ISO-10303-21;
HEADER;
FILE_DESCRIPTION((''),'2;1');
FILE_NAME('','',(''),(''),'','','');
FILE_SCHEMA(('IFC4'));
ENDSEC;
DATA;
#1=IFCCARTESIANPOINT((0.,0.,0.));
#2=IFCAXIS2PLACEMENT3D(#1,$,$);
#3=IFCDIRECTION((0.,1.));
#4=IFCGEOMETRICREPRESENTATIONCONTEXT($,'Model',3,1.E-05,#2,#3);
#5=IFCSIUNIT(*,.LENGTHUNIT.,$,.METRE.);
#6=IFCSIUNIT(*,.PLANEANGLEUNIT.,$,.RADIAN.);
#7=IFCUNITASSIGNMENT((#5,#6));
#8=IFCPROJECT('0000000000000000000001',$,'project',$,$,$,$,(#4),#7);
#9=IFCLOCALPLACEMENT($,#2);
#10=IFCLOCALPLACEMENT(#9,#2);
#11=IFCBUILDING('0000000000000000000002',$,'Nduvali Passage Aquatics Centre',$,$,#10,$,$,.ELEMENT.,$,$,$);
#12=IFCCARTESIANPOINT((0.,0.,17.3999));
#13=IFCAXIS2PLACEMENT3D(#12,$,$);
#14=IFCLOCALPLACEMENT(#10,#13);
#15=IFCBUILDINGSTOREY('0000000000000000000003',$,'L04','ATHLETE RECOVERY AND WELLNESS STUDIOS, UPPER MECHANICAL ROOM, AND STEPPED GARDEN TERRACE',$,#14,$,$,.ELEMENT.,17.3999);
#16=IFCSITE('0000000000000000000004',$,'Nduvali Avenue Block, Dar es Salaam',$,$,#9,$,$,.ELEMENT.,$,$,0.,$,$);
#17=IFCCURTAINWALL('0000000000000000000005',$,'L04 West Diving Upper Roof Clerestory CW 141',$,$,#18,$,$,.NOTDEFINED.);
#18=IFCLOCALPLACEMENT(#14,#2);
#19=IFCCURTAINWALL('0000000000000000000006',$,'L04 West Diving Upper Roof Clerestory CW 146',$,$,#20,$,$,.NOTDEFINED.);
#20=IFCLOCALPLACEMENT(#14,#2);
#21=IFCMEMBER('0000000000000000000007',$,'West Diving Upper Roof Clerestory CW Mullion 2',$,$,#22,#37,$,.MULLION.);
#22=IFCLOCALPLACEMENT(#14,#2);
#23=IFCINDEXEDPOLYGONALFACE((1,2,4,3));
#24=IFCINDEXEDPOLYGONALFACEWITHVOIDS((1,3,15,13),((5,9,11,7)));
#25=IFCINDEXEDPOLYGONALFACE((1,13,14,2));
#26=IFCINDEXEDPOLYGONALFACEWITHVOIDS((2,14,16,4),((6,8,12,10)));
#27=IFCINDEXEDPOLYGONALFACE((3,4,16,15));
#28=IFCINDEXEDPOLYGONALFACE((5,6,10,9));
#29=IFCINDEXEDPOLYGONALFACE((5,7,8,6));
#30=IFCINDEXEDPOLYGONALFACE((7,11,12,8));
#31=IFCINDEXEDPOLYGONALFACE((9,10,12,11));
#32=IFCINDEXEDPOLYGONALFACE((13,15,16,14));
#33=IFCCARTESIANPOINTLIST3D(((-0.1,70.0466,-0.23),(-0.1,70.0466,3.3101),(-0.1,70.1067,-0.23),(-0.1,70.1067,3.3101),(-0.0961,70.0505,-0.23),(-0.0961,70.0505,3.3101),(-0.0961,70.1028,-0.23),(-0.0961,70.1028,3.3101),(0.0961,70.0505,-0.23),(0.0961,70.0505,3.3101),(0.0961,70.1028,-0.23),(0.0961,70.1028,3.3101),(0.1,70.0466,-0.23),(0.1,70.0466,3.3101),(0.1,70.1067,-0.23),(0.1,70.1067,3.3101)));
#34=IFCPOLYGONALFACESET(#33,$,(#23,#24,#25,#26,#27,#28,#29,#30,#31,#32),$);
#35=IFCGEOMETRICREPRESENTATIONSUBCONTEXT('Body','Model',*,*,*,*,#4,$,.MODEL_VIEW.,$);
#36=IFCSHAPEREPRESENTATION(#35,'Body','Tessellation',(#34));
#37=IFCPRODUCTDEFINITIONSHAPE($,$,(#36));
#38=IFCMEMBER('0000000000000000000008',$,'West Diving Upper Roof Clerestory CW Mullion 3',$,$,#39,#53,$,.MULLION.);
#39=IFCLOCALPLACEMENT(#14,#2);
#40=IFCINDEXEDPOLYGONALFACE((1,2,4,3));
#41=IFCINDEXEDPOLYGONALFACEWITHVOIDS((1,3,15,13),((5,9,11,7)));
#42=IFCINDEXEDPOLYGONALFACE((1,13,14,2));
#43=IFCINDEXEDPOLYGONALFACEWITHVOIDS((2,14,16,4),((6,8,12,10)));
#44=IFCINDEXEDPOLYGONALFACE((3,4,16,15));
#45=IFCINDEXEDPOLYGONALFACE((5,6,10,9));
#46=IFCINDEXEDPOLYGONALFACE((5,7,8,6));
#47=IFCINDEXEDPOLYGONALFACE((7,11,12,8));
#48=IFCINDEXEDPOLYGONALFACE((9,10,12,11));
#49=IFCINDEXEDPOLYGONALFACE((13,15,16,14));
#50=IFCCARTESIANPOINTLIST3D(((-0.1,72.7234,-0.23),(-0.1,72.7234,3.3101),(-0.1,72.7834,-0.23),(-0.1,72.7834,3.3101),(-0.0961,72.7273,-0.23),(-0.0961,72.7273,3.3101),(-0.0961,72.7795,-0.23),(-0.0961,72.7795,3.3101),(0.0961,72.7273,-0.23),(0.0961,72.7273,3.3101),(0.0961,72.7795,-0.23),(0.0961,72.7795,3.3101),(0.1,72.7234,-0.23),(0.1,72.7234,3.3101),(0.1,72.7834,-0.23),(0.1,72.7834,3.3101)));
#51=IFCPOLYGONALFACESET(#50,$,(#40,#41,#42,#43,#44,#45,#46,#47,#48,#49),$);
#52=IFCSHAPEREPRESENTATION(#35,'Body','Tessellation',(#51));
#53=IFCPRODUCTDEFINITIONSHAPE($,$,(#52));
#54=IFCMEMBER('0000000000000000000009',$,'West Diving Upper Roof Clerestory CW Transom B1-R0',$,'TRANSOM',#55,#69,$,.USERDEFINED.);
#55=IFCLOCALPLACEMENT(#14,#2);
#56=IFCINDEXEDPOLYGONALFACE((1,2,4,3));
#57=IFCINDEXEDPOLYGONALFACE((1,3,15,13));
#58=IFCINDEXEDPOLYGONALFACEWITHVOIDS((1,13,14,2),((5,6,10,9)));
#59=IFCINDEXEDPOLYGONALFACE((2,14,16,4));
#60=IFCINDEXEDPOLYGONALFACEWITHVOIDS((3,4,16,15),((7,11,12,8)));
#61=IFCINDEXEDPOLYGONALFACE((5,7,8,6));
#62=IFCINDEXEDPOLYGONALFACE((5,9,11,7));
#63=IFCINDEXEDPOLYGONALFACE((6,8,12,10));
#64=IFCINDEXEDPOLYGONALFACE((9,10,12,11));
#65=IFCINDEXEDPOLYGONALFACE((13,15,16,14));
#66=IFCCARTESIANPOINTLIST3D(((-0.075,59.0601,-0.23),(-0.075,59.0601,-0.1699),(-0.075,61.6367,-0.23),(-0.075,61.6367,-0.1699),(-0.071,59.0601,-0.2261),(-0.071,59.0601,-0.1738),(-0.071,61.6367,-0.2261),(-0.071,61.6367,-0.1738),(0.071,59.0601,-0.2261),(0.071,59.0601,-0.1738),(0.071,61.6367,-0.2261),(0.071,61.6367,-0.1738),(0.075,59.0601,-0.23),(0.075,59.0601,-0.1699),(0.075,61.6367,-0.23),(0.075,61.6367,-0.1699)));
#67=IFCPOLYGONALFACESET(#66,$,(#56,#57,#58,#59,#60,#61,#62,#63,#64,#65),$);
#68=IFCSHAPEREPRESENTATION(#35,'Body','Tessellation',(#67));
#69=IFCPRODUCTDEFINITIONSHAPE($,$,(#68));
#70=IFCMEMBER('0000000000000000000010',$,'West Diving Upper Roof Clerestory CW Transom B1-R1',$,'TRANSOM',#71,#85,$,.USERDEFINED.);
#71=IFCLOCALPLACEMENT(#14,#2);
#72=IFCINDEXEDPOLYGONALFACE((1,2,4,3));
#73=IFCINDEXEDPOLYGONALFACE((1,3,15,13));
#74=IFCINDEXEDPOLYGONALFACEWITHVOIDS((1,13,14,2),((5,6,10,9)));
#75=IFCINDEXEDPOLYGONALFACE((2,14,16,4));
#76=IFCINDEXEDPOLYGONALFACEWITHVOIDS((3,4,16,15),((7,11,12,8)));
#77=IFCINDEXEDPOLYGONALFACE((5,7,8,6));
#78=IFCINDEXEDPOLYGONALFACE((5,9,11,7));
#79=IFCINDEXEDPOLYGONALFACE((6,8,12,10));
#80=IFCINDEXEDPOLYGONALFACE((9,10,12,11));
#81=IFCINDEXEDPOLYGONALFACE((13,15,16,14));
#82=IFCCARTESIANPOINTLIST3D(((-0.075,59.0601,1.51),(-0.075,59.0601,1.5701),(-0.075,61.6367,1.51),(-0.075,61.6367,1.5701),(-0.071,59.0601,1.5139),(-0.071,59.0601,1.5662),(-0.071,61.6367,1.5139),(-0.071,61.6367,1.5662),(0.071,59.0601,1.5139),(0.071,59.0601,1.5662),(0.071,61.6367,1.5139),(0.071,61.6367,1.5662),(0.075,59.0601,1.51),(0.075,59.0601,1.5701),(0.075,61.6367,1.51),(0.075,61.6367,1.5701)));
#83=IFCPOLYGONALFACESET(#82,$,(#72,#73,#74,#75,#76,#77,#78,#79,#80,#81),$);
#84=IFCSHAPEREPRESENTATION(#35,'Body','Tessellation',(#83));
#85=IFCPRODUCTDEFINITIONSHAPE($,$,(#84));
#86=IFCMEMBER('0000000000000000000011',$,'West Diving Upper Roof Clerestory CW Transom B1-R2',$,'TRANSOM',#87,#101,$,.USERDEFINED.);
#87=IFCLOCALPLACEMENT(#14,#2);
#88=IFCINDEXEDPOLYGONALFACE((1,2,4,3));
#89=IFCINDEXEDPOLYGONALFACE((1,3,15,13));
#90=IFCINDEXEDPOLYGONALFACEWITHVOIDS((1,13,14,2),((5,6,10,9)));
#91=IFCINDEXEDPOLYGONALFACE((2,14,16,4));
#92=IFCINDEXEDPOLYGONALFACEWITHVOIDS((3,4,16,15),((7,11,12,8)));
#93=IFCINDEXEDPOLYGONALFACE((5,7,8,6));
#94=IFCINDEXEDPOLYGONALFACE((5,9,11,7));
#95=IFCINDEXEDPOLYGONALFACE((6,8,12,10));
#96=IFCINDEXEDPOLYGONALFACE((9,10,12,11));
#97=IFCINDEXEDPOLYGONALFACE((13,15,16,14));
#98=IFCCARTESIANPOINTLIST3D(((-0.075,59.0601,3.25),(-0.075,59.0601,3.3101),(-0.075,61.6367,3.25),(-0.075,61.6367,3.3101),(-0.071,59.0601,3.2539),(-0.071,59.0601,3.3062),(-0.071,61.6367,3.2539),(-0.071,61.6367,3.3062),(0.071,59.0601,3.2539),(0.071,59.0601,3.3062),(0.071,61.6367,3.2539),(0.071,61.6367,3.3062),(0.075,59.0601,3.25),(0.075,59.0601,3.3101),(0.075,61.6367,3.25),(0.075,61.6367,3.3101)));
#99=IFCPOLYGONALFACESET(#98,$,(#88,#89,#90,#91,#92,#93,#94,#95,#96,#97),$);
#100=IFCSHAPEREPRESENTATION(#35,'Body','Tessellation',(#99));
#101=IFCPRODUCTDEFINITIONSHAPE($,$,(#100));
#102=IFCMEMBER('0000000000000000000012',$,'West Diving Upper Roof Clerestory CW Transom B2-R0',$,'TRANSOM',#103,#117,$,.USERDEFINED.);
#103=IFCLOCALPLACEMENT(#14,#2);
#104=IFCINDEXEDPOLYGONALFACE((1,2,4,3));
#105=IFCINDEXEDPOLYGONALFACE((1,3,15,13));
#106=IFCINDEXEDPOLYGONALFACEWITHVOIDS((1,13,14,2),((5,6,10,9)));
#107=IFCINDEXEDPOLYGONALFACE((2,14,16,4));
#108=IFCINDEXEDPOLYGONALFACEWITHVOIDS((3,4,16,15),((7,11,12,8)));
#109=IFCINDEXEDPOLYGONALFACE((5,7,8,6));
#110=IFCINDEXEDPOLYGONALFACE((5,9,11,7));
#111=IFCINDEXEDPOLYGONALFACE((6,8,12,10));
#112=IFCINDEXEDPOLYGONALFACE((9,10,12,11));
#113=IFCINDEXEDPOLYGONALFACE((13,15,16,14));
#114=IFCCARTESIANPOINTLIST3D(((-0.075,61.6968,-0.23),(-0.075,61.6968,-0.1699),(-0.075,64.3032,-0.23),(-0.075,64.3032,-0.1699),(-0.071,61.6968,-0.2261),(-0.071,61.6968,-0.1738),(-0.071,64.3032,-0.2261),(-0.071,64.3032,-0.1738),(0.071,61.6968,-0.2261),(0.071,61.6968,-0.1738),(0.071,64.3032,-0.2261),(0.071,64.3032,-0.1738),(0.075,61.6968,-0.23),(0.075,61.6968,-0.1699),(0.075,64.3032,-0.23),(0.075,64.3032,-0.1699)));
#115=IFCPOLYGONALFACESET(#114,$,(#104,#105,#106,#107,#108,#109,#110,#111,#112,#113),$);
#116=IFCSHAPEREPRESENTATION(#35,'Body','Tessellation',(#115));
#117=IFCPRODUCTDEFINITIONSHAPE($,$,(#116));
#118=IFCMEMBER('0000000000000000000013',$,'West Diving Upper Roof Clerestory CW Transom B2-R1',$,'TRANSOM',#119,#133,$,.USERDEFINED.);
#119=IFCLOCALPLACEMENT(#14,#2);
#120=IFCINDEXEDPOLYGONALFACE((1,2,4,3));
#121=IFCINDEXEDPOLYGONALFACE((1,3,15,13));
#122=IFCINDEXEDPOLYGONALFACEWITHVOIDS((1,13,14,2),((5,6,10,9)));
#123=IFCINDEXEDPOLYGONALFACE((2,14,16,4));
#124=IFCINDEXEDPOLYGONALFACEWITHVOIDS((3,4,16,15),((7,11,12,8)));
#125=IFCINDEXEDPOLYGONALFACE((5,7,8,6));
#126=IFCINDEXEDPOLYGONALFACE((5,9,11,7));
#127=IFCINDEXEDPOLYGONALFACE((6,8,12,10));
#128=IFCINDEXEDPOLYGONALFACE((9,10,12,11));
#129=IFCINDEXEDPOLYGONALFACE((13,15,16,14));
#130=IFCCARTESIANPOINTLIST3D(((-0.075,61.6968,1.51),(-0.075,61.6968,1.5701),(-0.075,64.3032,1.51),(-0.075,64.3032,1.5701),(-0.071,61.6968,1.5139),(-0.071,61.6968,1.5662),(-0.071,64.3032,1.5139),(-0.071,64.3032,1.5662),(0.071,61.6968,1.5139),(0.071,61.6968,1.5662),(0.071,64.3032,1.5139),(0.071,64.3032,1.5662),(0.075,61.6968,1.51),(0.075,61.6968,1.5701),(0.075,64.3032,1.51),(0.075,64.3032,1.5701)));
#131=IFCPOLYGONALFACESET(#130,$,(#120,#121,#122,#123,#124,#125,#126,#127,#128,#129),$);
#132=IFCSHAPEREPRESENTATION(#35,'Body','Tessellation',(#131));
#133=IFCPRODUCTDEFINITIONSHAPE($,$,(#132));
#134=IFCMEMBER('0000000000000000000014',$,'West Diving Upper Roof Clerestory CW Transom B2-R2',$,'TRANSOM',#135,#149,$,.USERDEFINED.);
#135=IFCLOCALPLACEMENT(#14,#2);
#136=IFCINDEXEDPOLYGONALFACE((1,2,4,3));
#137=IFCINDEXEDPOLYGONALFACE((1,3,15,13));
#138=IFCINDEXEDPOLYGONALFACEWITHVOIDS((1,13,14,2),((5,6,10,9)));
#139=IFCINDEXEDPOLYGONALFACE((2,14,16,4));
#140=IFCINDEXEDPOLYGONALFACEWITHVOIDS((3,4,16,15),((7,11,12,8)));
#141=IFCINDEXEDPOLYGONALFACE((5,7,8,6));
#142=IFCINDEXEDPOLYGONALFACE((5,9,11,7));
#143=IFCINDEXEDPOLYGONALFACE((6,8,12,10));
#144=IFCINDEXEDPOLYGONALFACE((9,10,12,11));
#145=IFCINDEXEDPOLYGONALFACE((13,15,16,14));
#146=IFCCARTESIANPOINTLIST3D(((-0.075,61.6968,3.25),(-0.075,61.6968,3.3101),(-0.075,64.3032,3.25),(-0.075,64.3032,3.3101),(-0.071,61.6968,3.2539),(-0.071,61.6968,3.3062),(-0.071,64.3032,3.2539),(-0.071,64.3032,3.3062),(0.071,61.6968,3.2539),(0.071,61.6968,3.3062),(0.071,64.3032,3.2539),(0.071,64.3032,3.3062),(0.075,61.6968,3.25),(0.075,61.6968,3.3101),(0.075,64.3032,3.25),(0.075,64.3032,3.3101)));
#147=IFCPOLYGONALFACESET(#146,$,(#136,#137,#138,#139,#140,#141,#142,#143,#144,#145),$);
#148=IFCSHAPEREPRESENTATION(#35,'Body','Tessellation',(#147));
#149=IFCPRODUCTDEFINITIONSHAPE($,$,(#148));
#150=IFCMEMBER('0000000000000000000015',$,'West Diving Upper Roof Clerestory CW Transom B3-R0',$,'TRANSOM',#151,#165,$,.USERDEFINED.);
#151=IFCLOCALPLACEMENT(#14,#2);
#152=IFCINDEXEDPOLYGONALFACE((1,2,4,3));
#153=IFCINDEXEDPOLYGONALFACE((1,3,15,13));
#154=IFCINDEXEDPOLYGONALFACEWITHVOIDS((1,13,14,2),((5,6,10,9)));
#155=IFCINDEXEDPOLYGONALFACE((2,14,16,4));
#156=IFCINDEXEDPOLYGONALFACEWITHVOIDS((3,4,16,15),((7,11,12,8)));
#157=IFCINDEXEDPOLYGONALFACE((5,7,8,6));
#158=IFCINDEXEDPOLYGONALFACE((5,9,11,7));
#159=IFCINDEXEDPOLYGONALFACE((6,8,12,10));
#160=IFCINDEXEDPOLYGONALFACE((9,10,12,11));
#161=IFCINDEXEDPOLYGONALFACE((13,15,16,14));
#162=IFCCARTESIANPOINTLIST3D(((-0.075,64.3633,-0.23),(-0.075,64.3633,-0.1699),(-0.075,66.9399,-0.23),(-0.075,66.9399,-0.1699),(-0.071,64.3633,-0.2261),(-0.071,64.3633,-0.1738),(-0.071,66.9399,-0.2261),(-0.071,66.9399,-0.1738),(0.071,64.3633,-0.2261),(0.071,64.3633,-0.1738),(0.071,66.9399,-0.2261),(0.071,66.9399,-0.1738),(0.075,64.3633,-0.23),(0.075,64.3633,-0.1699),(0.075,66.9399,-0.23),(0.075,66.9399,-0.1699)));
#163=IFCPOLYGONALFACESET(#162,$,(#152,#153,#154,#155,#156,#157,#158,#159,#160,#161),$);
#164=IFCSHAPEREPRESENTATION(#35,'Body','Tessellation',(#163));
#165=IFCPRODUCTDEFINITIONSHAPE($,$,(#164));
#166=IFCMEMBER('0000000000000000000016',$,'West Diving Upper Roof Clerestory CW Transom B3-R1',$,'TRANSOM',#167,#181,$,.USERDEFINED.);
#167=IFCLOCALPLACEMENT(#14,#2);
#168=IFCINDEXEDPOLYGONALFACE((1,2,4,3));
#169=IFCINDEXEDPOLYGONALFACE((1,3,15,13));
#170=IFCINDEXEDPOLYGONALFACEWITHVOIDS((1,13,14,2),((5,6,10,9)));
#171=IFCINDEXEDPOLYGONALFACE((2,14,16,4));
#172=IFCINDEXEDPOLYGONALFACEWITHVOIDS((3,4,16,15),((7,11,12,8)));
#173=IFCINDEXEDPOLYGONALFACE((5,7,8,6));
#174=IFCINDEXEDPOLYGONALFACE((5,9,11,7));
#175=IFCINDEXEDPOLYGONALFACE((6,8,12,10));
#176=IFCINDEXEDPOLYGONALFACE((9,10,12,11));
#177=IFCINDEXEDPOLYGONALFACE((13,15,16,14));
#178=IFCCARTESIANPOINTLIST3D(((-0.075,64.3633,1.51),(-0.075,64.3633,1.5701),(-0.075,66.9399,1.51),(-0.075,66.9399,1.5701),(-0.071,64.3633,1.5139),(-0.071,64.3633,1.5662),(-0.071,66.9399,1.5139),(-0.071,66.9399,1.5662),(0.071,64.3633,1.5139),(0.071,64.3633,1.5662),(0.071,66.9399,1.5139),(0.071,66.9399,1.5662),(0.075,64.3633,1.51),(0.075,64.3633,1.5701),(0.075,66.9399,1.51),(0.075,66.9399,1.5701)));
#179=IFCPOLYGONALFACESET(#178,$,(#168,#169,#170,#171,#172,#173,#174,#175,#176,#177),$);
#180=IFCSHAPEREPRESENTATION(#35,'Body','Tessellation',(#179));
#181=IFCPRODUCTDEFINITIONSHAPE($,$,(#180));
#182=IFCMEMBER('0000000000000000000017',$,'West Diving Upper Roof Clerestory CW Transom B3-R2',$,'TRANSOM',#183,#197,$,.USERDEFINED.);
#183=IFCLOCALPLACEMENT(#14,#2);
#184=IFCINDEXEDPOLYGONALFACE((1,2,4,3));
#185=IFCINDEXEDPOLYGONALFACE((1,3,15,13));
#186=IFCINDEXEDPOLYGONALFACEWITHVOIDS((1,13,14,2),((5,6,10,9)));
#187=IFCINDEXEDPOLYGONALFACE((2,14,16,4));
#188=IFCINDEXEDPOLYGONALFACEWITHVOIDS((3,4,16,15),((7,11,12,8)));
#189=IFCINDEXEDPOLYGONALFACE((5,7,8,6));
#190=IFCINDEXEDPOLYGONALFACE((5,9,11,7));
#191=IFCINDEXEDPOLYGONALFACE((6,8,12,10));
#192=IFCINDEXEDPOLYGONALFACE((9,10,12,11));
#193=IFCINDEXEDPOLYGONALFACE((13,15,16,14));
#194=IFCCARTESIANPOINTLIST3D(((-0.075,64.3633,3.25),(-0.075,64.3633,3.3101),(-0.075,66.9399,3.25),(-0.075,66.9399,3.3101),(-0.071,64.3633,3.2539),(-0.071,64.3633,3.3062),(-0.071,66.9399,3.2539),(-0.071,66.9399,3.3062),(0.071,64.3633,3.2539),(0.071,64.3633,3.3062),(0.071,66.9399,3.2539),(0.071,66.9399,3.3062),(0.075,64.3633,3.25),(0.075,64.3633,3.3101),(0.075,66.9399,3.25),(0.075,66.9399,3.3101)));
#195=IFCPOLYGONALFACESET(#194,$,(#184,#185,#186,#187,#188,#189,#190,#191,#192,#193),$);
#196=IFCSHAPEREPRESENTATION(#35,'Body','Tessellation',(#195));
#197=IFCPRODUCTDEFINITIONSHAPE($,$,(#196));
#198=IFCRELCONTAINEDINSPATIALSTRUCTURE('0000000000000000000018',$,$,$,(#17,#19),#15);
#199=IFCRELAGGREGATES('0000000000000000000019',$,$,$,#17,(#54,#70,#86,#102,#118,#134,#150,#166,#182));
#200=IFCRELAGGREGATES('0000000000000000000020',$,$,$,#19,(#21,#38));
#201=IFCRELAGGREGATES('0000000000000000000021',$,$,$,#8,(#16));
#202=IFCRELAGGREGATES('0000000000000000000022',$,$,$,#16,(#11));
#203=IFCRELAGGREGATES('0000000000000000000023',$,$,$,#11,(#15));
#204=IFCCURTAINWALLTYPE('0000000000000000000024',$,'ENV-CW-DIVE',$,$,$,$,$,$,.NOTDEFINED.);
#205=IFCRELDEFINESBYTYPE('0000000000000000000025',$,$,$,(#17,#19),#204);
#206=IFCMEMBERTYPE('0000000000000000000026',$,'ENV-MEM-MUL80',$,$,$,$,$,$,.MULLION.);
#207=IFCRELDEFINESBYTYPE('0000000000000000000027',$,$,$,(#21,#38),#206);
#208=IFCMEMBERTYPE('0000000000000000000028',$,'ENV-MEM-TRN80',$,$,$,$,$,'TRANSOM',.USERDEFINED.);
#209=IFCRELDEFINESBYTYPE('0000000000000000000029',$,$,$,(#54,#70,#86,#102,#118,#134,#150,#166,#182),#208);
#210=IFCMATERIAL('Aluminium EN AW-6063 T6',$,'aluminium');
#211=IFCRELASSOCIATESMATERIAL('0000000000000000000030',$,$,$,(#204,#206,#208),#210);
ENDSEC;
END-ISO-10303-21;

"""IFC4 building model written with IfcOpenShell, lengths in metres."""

from ifc_helpers import new_model, si_unit, direction, frame, origin, origin_2d, place, context, subcontext, project, spatial, hollow_rectangle, extrude, material, material_profile, profile_set, type_object, element, aggregate, save


model = new_model("IFC4")

# Units and contexts
model_context = context("Model", 3, precision=1e-05, world=origin(), true_north=direction((0.0, 1.0)))
body_context = subcontext(model_context, "Body", "Model", "MODEL_VIEW")
ifc_project = project(units=[si_unit("LENGTHUNIT", "METRE"), si_unit("PLANEANGLEUNIT", "RADIAN")], contexts=[model_context])

# Site, building, storey
site_placement = place(None, origin())
site = spatial("IfcSite", under=ifc_project, at=site_placement, Name="Nduvali Avenue Block, Dar es Salaam", CompositionType="ELEMENT", RefElevation=0.0)
building_placement = place(site_placement, origin())
building = spatial("IfcBuilding", under=site, at=building_placement, Name="Nduvali Passage Aquatics Centre", CompositionType="ELEMENT")
storey_placement = place(building_placement, frame((0.0, 0.0, 17.3999)))
storey = spatial("IfcBuildingStorey", under=building, at=storey_placement, Name="L04", Description="ATHLETE RECOVERY AND WELLNESS STUDIOS, UPPER MECHANICAL ROOM, AND STEPPED GARDEN TERRACE", CompositionType="ELEMENT", Elevation=17.3999)

# Curtain walls, members
ifc_material_1 = material(Name="Aluminium EN AW-6063 T6", Category="aluminium")
curtain_wall_type = type_object("IfcCurtainWallType", Name="ENV-CW-DIVE", PredefinedType="NOTDEFINED", material=ifc_material_1)
curtain_wall_1_placement = place(storey_placement, origin())
curtain_wall_1 = element("IfcCurtainWall", 1, at=curtain_wall_1_placement, inside=storey, type_object=curtain_wall_type, Name="L04 West Diving Upper Roof Clerestory CW 141", PredefinedType="NOTDEFINED")
ifc_material_profile_1 = material_profile(ifc_material_1, hollow_rectangle(XDim=0.0601, YDim=0.2, WallThickness=0.0039, at=origin_2d()), Name="ALU MULLION 60x200x4")
ifc_profile_set_1 = profile_set([ifc_material_profile_1], Name="Aluminium EN AW-6063 T6")
member_type_1 = type_object("IfcMemberType", Name="ENV-MEM-MUL80", PredefinedType="MULLION", material=ifc_profile_set_1)
curtain_wall_2_placement = place(storey_placement, origin())
curtain_wall_2 = element("IfcCurtainWall", 2, at=curtain_wall_2_placement, inside=storey, type_object=curtain_wall_type, Name="L04 West Diving Upper Roof Clerestory CW 146", PredefinedType="NOTDEFINED")
member_1_placement = place(storey_placement, frame((0.0, 70.0767, -0.23), z_axis=(0.0, 0.0, 1.0), x_axis=(0.0, 1.0, 0.0)))
member_1 = element("IfcMember", 3, at=member_1_placement, type_object=member_type_1, Name="West Diving Upper Roof Clerestory CW Mullion 2", PredefinedType="MULLION", context=body_context, shape_type="SweptSolid", body=[
    extrude(hollow_rectangle(XDim=0.0601, YDim=0.2, WallThickness=0.0039, at=origin_2d()), origin(), (0.0, 0.0, 1.0), 3.54),
])
member_2_placement = place(storey_placement, frame((0.0, 72.7534, -0.23), z_axis=(0.0, 0.0, 1.0), x_axis=(0.0, 1.0, 0.0)))
member_2 = element("IfcMember", 4, at=member_2_placement, type_object=member_type_1, Name="West Diving Upper Roof Clerestory CW Mullion 3", PredefinedType="MULLION", context=body_context, shape_type="SweptSolid", body=[
    extrude(hollow_rectangle(XDim=0.0601, YDim=0.2, WallThickness=0.0039, at=origin_2d()), origin(), (0.0, 0.0, 1.0), 3.54),
])

# Members
ifc_material_profile_2 = material_profile(ifc_material_1, hollow_rectangle(XDim=0.1499, YDim=0.0601, WallThickness=0.0039, at=origin_2d()), Name="ALU TRANSOM 150x60x4")
ifc_profile_set_2 = profile_set([ifc_material_profile_2], Name="Aluminium EN AW-6063 T6")
member_type_2 = type_object("IfcMemberType", Name="ENV-MEM-TRN80", ElementType="TRANSOM", PredefinedType="USERDEFINED", material=ifc_profile_set_2)
member_3_placement = place(storey_placement, frame((0.0, 59.0601, -0.2), z_axis=(0.0, 1.0, 0.0), x_axis=(-1.0, 0.0, 0.0)))
member_3 = element("IfcMember", 5, at=member_3_placement, type_object=member_type_2, Name="West Diving Upper Roof Clerestory CW Transom B1-R0", ObjectType="TRANSOM", PredefinedType="USERDEFINED", context=body_context, shape_type="SweptSolid", body=[
    extrude(hollow_rectangle(XDim=0.1499, YDim=0.0601, WallThickness=0.0039, at=origin_2d()), origin(), (0.0, 0.0, 1.0), 2.5767),
])
member_4_placement = place(storey_placement, frame((0.0, 59.0601, 1.54), z_axis=(0.0, 1.0, 0.0), x_axis=(-1.0, 0.0, 0.0)))
member_4 = element("IfcMember", 6, at=member_4_placement, type_object=member_type_2, Name="West Diving Upper Roof Clerestory CW Transom B1-R1", ObjectType="TRANSOM", PredefinedType="USERDEFINED", context=body_context, shape_type="SweptSolid", body=[
    extrude(hollow_rectangle(XDim=0.1499, YDim=0.0601, WallThickness=0.0039, at=origin_2d()), origin(), (0.0, 0.0, 1.0), 2.5767),
])
member_5_placement = place(storey_placement, frame((0.0, 59.0601, 3.28), z_axis=(0.0, 1.0, 0.0), x_axis=(-1.0, 0.0, 0.0)))
member_5 = element("IfcMember", 7, at=member_5_placement, type_object=member_type_2, Name="West Diving Upper Roof Clerestory CW Transom B1-R2", ObjectType="TRANSOM", PredefinedType="USERDEFINED", context=body_context, shape_type="SweptSolid", body=[
    extrude(hollow_rectangle(XDim=0.1499, YDim=0.0601, WallThickness=0.0039, at=origin_2d()), origin(), (0.0, 0.0, 1.0), 2.5767),
])
member_6_placement = place(storey_placement, frame((0.0, 61.6968, -0.2), z_axis=(0.0, 1.0, 0.0), x_axis=(-1.0, 0.0, 0.0)))
member_6 = element("IfcMember", 8, at=member_6_placement, type_object=member_type_2, Name="West Diving Upper Roof Clerestory CW Transom B2-R0", ObjectType="TRANSOM", PredefinedType="USERDEFINED", context=body_context, shape_type="SweptSolid", body=[
    extrude(hollow_rectangle(XDim=0.1499, YDim=0.0601, WallThickness=0.0039, at=origin_2d()), origin(), (0.0, 0.0, 1.0), 2.6064),
])
member_7_placement = place(storey_placement, frame((0.0, 61.6968, 1.54), z_axis=(0.0, 1.0, 0.0), x_axis=(-1.0, 0.0, 0.0)))
member_7 = element("IfcMember", 9, at=member_7_placement, type_object=member_type_2, Name="West Diving Upper Roof Clerestory CW Transom B2-R1", ObjectType="TRANSOM", PredefinedType="USERDEFINED", context=body_context, shape_type="SweptSolid", body=[
    extrude(hollow_rectangle(XDim=0.1499, YDim=0.0601, WallThickness=0.0039, at=origin_2d()), origin(), (0.0, 0.0, 1.0), 2.6064),
])
member_8_placement = place(storey_placement, frame((0.0, 61.6968, 3.28), z_axis=(0.0, 1.0, 0.0), x_axis=(-1.0, 0.0, 0.0)))
member_8 = element("IfcMember", 10, at=member_8_placement, type_object=member_type_2, Name="West Diving Upper Roof Clerestory CW Transom B2-R2", ObjectType="TRANSOM", PredefinedType="USERDEFINED", context=body_context, shape_type="SweptSolid", body=[
    extrude(hollow_rectangle(XDim=0.1499, YDim=0.0601, WallThickness=0.0039, at=origin_2d()), origin(), (0.0, 0.0, 1.0), 2.6064),
])
member_9_placement = place(storey_placement, frame((0.0, 64.3633, -0.2), z_axis=(0.0, 1.0, 0.0), x_axis=(-1.0, 0.0, 0.0)))
member_9 = element("IfcMember", 11, at=member_9_placement, type_object=member_type_2, Name="West Diving Upper Roof Clerestory CW Transom B3-R0", ObjectType="TRANSOM", PredefinedType="USERDEFINED", context=body_context, shape_type="SweptSolid", body=[
    extrude(hollow_rectangle(XDim=0.1499, YDim=0.0601, WallThickness=0.0039, at=origin_2d()), origin(), (0.0, 0.0, 1.0), 2.5767),
])
member_10_placement = place(storey_placement, frame((0.0, 64.3633, 1.54), z_axis=(0.0, 1.0, 0.0), x_axis=(-1.0, 0.0, 0.0)))
member_10 = element("IfcMember", 12, at=member_10_placement, type_object=member_type_2, Name="West Diving Upper Roof Clerestory CW Transom B3-R1", ObjectType="TRANSOM", PredefinedType="USERDEFINED", context=body_context, shape_type="SweptSolid", body=[
    extrude(hollow_rectangle(XDim=0.1499, YDim=0.0601, WallThickness=0.0039, at=origin_2d()), origin(), (0.0, 0.0, 1.0), 2.5767),
])
member_11_placement = place(storey_placement, frame((0.0, 64.3633, 3.28), z_axis=(0.0, 1.0, 0.0), x_axis=(-1.0, 0.0, 0.0)))
member_11 = element("IfcMember", 13, at=member_11_placement, type_object=member_type_2, Name="West Diving Upper Roof Clerestory CW Transom B3-R2", ObjectType="TRANSOM", PredefinedType="USERDEFINED", context=body_context, shape_type="SweptSolid", body=[
    extrude(hollow_rectangle(XDim=0.1499, YDim=0.0601, WallThickness=0.0039, at=origin_2d()), origin(), (0.0, 0.0, 1.0), 2.5767),
])

aggregate(curtain_wall_1, [member_3, member_4, member_5, member_6, member_7, member_8, member_9, member_10, member_11])
aggregate(curtain_wall_2, [member_1, member_2])

save(model, "model.ifc")
